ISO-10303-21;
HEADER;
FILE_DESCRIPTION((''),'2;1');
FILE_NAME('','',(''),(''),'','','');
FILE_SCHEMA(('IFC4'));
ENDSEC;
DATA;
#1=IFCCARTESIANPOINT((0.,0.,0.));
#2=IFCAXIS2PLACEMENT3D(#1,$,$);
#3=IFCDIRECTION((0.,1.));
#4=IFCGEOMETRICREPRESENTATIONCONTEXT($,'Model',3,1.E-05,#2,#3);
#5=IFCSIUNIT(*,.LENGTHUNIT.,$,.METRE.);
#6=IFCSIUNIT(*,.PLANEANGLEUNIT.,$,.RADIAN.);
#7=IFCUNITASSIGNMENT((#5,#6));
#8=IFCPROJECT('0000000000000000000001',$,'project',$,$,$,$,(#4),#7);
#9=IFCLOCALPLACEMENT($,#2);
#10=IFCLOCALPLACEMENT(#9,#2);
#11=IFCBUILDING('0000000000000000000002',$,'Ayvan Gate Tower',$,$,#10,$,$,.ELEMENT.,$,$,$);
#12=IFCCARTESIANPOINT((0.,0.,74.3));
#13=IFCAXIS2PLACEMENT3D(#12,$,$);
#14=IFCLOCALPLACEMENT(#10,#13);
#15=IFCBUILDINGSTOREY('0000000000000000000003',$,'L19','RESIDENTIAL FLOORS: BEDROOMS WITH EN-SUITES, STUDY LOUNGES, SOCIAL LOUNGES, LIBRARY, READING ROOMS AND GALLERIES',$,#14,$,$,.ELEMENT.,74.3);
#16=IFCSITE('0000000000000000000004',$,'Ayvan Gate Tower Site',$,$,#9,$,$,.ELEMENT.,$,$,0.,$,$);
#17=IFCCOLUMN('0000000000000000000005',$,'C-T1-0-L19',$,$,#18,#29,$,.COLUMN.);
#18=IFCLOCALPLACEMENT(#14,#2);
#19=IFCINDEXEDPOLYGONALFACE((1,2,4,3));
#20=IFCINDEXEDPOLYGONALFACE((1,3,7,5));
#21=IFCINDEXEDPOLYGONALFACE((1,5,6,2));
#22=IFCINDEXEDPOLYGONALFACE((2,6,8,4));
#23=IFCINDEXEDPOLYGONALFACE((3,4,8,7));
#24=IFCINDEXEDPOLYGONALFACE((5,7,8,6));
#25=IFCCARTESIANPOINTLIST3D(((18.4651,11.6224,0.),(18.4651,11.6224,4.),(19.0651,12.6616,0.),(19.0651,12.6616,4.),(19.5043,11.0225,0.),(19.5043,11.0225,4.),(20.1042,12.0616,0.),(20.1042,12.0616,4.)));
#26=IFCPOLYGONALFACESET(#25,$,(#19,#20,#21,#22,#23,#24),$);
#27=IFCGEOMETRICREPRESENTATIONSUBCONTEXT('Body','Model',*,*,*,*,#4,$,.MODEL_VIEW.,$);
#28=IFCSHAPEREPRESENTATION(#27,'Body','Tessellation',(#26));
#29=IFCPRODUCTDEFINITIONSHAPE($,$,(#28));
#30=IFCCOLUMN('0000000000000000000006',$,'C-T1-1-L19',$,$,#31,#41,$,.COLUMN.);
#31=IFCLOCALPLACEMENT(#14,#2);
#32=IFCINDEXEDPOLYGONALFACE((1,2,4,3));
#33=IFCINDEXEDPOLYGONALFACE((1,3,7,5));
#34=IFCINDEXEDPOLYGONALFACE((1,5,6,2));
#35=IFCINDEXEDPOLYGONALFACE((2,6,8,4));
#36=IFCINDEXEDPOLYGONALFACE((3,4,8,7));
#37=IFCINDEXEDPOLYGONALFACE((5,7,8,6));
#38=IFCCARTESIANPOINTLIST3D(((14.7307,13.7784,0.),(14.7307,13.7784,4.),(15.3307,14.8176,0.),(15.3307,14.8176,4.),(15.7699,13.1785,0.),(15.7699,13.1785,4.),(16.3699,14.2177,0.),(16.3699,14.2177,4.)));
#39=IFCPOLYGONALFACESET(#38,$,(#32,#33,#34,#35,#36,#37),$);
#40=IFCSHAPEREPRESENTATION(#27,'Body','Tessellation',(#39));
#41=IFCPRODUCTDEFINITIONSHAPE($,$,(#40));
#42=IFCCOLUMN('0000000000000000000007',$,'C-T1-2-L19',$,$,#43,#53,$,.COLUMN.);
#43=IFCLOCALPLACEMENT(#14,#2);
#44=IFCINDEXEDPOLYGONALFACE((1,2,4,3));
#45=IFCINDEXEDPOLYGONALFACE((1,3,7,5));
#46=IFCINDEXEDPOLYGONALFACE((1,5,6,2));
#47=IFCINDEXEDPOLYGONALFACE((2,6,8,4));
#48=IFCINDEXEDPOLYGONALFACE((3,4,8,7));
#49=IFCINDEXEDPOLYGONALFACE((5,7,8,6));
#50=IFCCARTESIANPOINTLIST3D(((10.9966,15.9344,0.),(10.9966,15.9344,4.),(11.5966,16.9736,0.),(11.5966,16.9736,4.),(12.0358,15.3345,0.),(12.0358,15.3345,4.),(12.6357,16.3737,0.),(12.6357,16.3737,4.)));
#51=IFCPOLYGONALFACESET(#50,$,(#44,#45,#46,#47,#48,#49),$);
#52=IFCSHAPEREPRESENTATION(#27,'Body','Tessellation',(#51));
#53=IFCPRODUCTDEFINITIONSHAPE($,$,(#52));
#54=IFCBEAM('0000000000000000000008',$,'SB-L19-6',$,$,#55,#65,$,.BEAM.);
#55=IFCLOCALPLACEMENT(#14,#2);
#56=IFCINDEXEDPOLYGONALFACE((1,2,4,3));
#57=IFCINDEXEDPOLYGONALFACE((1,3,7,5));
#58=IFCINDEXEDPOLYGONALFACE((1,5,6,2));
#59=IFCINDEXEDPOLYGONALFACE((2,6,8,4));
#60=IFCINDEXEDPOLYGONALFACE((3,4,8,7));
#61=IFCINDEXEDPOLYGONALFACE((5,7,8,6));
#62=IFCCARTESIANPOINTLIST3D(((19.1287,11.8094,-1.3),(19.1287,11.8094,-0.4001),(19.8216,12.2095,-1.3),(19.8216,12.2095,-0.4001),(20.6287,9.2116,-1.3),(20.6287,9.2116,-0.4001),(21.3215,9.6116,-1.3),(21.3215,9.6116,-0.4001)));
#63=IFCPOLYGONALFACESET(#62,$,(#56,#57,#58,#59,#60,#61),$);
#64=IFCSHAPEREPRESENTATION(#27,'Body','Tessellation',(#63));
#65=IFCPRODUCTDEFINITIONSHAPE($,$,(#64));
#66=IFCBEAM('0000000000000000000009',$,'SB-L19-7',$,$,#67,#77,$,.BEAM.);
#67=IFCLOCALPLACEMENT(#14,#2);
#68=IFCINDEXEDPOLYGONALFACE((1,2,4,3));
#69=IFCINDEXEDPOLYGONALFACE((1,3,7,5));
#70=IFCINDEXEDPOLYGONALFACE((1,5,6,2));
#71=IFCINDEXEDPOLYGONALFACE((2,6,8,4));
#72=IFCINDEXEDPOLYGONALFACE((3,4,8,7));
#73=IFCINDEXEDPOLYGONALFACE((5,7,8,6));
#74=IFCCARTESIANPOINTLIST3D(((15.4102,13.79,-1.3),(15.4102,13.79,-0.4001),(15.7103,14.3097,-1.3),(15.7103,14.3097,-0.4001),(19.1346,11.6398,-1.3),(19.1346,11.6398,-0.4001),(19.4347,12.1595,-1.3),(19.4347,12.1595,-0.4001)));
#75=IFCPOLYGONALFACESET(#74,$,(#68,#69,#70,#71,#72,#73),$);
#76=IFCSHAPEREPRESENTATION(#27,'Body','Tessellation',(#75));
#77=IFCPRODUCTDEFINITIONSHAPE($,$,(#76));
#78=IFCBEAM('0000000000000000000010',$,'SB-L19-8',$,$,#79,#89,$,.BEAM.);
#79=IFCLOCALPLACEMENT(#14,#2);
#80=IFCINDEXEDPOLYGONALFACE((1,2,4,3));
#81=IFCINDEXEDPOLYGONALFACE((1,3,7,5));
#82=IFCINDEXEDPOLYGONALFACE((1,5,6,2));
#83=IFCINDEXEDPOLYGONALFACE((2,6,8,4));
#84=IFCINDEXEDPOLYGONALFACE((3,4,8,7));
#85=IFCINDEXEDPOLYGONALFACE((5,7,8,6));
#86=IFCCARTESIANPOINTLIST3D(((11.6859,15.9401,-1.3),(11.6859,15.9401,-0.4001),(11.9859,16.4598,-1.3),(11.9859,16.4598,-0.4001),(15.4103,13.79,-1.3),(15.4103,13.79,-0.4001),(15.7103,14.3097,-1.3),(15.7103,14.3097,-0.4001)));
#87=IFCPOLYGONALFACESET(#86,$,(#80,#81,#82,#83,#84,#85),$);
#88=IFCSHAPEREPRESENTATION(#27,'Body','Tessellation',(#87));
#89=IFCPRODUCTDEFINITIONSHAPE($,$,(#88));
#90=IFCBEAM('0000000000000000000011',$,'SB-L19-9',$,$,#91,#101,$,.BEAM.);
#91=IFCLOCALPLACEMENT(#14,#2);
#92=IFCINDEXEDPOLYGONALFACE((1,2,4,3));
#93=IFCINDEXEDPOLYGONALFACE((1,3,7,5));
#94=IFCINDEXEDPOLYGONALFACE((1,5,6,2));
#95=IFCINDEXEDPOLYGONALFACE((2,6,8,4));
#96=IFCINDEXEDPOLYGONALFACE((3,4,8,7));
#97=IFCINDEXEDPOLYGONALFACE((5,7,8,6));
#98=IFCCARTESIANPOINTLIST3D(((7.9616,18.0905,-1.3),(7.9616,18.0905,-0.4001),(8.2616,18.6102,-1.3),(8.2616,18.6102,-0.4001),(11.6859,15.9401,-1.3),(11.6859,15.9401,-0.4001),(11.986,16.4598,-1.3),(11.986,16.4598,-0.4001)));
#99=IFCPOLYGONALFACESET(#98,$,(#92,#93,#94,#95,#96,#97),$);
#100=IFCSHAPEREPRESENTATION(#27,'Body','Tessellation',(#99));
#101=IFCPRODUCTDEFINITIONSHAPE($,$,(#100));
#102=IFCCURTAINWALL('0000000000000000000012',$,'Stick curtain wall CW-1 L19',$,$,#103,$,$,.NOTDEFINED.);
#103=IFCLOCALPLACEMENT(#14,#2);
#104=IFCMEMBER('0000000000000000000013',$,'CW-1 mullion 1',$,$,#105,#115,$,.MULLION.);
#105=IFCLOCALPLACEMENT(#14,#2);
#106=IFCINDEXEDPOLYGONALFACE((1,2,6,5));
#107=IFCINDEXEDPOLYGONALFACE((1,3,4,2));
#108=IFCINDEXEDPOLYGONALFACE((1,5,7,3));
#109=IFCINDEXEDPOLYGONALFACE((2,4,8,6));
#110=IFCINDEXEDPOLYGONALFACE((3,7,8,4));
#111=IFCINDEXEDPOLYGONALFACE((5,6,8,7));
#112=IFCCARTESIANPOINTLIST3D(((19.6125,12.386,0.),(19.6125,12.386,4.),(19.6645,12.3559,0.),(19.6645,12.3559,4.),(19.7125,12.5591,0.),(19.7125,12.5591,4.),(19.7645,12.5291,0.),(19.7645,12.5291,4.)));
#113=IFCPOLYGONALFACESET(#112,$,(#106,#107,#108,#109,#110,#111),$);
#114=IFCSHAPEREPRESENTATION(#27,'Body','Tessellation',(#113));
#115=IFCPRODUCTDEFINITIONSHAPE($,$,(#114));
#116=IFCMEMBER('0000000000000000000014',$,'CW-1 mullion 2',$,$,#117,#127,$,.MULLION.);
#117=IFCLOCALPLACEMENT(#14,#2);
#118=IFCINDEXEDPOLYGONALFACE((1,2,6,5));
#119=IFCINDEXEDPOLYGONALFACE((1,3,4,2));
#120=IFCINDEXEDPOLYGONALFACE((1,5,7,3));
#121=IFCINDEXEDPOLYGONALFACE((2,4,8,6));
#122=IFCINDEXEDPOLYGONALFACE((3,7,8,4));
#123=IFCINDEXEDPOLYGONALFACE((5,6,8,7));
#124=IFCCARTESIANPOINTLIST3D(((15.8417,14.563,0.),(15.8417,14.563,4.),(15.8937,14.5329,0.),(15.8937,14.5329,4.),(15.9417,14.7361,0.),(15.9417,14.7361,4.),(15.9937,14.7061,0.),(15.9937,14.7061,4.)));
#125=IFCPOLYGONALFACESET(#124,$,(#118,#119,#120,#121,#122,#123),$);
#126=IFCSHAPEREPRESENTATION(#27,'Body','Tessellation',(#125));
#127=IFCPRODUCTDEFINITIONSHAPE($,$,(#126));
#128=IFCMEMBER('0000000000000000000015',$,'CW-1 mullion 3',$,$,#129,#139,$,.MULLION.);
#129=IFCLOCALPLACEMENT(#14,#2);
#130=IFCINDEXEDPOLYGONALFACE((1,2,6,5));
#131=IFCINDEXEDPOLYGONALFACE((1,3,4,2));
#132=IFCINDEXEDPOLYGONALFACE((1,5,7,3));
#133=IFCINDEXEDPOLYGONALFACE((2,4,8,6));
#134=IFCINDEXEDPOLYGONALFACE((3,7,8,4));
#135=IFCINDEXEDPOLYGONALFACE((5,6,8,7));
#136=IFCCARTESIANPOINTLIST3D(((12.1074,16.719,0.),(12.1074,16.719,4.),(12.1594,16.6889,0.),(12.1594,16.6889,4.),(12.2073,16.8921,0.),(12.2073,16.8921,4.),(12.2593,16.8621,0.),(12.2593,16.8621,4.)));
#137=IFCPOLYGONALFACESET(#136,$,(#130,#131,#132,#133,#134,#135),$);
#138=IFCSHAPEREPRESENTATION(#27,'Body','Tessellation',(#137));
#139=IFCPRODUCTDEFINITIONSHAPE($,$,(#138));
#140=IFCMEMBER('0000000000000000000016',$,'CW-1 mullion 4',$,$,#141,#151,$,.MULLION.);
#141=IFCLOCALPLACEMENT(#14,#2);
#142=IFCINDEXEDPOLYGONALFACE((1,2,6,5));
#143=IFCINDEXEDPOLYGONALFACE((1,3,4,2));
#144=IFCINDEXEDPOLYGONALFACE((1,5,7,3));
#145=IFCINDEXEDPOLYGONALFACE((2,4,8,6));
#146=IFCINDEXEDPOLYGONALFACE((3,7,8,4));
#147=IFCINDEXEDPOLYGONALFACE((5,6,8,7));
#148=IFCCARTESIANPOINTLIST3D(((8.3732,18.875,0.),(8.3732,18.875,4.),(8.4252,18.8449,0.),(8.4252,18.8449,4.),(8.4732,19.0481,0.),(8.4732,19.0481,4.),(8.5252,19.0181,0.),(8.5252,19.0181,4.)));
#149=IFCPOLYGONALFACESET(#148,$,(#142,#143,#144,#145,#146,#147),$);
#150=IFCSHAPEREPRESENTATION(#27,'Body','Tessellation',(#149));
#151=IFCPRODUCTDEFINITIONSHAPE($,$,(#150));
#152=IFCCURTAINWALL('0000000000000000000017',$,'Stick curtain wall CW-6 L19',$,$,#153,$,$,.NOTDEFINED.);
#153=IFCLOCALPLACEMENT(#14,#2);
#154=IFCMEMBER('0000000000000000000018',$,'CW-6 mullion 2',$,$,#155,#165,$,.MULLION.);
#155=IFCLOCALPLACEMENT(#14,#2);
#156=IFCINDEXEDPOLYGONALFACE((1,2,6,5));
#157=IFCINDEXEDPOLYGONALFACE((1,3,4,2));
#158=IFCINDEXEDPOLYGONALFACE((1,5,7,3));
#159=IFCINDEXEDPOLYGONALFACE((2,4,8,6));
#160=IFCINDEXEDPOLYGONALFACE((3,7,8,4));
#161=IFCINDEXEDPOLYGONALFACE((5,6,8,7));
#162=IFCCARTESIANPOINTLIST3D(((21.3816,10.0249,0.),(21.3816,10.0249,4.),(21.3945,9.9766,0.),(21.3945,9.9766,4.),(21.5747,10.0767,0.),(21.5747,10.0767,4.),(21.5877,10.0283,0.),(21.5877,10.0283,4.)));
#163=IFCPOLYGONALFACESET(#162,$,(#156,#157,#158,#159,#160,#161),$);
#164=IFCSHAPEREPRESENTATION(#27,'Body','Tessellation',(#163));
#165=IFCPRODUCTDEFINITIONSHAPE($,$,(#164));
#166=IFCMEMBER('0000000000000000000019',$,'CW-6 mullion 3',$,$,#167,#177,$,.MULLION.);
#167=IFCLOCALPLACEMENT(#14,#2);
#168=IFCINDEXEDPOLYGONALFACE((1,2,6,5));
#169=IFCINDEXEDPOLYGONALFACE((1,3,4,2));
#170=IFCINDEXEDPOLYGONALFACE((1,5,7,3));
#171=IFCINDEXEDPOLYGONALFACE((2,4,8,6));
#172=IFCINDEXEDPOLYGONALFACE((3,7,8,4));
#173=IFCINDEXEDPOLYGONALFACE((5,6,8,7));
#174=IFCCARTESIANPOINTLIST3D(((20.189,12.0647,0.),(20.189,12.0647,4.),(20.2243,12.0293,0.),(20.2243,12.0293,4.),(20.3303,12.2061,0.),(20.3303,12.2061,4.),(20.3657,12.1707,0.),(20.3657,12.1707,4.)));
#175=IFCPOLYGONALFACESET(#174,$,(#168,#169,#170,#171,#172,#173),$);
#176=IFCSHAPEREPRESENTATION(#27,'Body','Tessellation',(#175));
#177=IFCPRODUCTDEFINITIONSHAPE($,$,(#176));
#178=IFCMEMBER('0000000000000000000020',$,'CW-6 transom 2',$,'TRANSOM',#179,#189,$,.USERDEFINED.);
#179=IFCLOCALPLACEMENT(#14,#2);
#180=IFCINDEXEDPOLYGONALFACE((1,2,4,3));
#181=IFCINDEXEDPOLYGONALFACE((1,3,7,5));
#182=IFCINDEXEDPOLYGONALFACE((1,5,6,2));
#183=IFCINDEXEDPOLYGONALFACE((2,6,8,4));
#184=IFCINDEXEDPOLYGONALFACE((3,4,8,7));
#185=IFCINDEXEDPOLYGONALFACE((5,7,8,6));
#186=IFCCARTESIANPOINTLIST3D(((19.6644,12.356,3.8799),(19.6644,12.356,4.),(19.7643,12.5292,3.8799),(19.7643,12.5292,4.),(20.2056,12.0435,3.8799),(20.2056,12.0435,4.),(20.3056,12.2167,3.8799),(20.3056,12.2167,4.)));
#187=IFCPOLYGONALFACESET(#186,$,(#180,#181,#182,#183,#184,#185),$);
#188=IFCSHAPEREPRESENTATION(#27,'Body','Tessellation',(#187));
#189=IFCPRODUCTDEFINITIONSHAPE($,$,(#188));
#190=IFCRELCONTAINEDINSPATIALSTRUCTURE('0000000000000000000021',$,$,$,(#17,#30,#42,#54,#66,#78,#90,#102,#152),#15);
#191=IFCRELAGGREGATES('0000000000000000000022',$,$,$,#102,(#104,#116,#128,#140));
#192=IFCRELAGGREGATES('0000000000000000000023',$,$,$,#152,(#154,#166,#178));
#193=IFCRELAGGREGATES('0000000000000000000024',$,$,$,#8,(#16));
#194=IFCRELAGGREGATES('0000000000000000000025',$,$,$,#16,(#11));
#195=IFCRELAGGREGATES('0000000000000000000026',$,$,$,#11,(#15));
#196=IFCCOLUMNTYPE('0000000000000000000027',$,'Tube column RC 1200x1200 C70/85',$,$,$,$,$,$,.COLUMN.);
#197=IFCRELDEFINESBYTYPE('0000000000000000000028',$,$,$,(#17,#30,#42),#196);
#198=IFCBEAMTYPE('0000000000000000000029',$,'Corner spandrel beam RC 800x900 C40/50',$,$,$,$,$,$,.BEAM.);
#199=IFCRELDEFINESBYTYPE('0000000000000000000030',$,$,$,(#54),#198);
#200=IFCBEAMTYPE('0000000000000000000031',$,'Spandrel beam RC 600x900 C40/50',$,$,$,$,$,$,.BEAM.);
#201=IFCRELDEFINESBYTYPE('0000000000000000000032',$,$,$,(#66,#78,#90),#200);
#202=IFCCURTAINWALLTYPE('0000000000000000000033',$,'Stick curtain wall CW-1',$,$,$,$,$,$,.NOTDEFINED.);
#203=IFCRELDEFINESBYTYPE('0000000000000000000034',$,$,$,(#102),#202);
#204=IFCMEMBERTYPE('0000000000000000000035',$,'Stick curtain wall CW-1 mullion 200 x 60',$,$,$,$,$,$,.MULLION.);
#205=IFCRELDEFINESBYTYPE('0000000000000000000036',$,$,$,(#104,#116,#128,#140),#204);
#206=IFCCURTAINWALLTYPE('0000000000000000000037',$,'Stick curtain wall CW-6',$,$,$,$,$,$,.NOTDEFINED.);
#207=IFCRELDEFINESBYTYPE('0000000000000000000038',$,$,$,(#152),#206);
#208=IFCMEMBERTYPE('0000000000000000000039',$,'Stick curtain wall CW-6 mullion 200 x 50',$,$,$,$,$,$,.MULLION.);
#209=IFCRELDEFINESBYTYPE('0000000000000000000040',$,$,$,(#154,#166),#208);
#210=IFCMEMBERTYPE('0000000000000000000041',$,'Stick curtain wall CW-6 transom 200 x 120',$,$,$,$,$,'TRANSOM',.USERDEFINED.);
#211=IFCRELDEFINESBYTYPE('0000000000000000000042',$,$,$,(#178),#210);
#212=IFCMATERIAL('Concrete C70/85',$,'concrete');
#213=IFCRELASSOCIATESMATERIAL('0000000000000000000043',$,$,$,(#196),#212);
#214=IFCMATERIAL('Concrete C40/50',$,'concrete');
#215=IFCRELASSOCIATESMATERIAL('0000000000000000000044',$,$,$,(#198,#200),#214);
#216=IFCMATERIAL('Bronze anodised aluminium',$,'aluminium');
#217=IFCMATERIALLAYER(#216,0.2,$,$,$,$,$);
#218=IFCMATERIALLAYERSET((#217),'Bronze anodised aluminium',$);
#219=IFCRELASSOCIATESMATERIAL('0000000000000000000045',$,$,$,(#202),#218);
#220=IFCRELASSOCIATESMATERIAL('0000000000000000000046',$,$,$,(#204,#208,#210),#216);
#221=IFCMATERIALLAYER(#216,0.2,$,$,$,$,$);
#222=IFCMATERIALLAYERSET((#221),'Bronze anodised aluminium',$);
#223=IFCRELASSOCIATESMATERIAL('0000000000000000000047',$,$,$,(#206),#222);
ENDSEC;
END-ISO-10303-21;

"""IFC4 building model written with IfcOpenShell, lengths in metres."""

from ifc_helpers import new_model, si_unit, direction, frame, origin, origin_2d, place, context, subcontext, project, spatial, rectangle, extrude, material, layer, layer_set, material_profile, profile_set, type_object, element, aggregate, save


model = new_model("IFC4")

# Units and contexts
model_context = context("Model", 3, precision=1e-05, world=origin(), true_north=direction((0.0, 1.0)))
body_context = subcontext(model_context, "Body", "Model", "MODEL_VIEW")
ifc_project = project(units=[si_unit("LENGTHUNIT", "METRE"), si_unit("PLANEANGLEUNIT", "RADIAN")], contexts=[model_context])

# Site, building, storey
site_placement = place(None, origin())
site = spatial("IfcSite", under=ifc_project, at=site_placement, Name="Ayvan Gate Tower Site", CompositionType="ELEMENT", RefElevation=0.0)
building_placement = place(site_placement, origin())
building = spatial("IfcBuilding", under=site, at=building_placement, Name="Ayvan Gate Tower", CompositionType="ELEMENT")
storey_placement = place(building_placement, frame((0.0, 0.0, 74.3)))
storey = spatial("IfcBuildingStorey", under=building, at=storey_placement, Name="L19", Description="RESIDENTIAL FLOORS: BEDROOMS WITH EN-SUITES, STUDY LOUNGES, SOCIAL LOUNGES, LIBRARY, READING ROOMS AND GALLERIES", CompositionType="ELEMENT", Elevation=74.3)

# Columns
ifc_material_1 = material(Name="Concrete C70/85", Category="concrete")
ifc_material_profile_1 = material_profile(ifc_material_1, rectangle(XDim=1.2, YDim=1.2, at=origin_2d()), Name="RC 1200x1200")
ifc_profile_set_1 = profile_set([ifc_material_profile_1], Name="Concrete C70/85")
column_type = type_object("IfcColumnType", Name="Tube column RC 1200x1200 C70/85", PredefinedType="COLUMN", material=ifc_profile_set_1)
for number, where, z_axis, x_axis, name in (
    (1, (19.2847, 11.842, 0.0), (0.0, 0.0, 1.0), (0.5, 0.866025, 0.0), "C-T1-0-L19"),
    (2, (15.5503, 13.998, 0.0), (0.0, 0.0, 1.0), (0.5, 0.866025, 0.0), "C-T1-1-L19"),
    (3, (11.8162, 16.1541, 0.0), (0.0, 0.0, 1.0), (0.5, 0.866025, 0.0), "C-T1-2-L19"),
):
    element("IfcColumn", number, at=place(storey_placement, frame(where, z_axis=z_axis, x_axis=x_axis)), inside=storey, type_object=column_type, Name=name, PredefinedType="COLUMN", context=body_context, shape_type="SweptSolid", body=[
        extrude(rectangle(XDim=1.2, YDim=1.2, at=origin_2d()), origin(), (0.0, 0.0, 1.0), 4.0),
    ])

# Beams
ifc_material_2 = material(Name="Concrete C40/50", Category="concrete")
ifc_material_profile_2 = material_profile(ifc_material_2, rectangle(XDim=0.8, YDim=0.8999, at=origin_2d()), Name="RC 800x900")
ifc_profile_set_2 = profile_set([ifc_material_profile_2], Name="Concrete C40/50")
beam_type_1 = type_object("IfcBeamType", Name="Corner spandrel beam RC 800x900 C40/50", PredefinedType="BEAM", material=ifc_profile_set_2)
beam_placement = place(storey_placement, frame((20.9751, 9.4116, -0.8501), z_axis=(-0.500025, 0.866011, 0.0), x_axis=(-0.866011, -0.500025, 0.0)))
element("IfcBeam", 4, at=beam_placement, inside=storey, type_object=beam_type_1, Name="SB-L19-6", PredefinedType="BEAM", context=body_context, shape_type="SweptSolid", body=[
    extrude(rectangle(XDim=0.8, YDim=0.8999, at=origin_2d()), origin(), (0.0, 0.0, 1.0), 2.9998),
])
ifc_material_profile_3 = material_profile(ifc_material_2, rectangle(XDim=0.6001, YDim=0.8999, at=origin_2d()), Name="RC 600x900")
ifc_profile_set_3 = profile_set([ifc_material_profile_3], Name="Concrete C40/50")
beam_type_2 = type_object("IfcBeamType", Name="Spandrel beam RC 600x900 C40/50", PredefinedType="BEAM", material=ifc_profile_set_3)
for number, where, z_axis, x_axis, name in (
    (5, (19.2847, 11.8997, -0.8501), (-0.866037, 0.49998, 0.0), (-0.49998, -0.866037, 0.0), "SB-L19-7"),
    (6, (15.5603, 14.0498, -0.8501), (-0.866037, 0.49998, 0.0), (-0.49998, -0.866037, 0.0), "SB-L19-8"),
    (7, (11.8359, 16.2, -0.8501), (-0.866013, 0.500022, 0.0), (-0.500022, -0.866013, 0.0), "SB-L19-9"),
):
    element("IfcBeam", number, at=place(storey_placement, frame(where, z_axis=z_axis, x_axis=x_axis)), inside=storey, type_object=beam_type_2, Name=name, PredefinedType="BEAM", context=body_context, shape_type="SweptSolid", body=[
        extrude(rectangle(XDim=0.6001, YDim=0.8999, at=origin_2d()), origin(), (0.0, 0.0, 1.0), 4.3005),
    ])

# Curtain walls, members
ifc_material_3 = material(Name="Bronze anodised aluminium", Category="aluminium")
ifc_layer_1 = layer(ifc_material_3, 0.2)
ifc_layer_set_1 = layer_set([ifc_layer_1], Name="Bronze anodised aluminium")
curtain_wall_type_1 = type_object("IfcCurtainWallType", Name="Stick curtain wall CW-1", PredefinedType="NOTDEFINED", material=ifc_layer_set_1)
curtain_wall_1_placement = place(storey_placement, origin())
curtain_wall_1 = element("IfcCurtainWall", 8, at=curtain_wall_1_placement, inside=storey, type_object=curtain_wall_type_1, Name="Stick curtain wall CW-1 L19", PredefinedType="NOTDEFINED")
ifc_material_profile_4 = material_profile(ifc_material_3, rectangle(XDim=0.2, YDim=0.0601, at=origin_2d()), Name="Stick curtain wall CW-1 mullion 200 x 60")
ifc_profile_set_4 = profile_set([ifc_material_profile_4], Name="Bronze anodised aluminium")
member_type_1 = type_object("IfcMemberType", Name="Stick curtain wall CW-1 mullion 200 x 60", PredefinedType="MULLION", material=ifc_profile_set_4)
member_1_placement = place(storey_placement, frame((19.6885, 12.4575, 0.0), z_axis=(0.0, 0.0, 1.0), x_axis=(0.5, 0.866025, 0.0)))
member_1 = element("IfcMember", 9, at=member_1_placement, type_object=member_type_1, Name="CW-1 mullion 1", PredefinedType="MULLION", context=body_context, shape_type="SweptSolid", body=[
    extrude(rectangle(XDim=0.2, YDim=0.0601, at=origin_2d()), origin(), (0.0, 0.0, 1.0), 4.0),
])
member_2_placement = place(storey_placement, frame((15.9177, 14.6345, 0.0), z_axis=(0.0, 0.0, 1.0), x_axis=(0.5, 0.866025, 0.0)))
member_2 = element("IfcMember", 10, at=member_2_placement, type_object=member_type_1, Name="CW-1 mullion 2", PredefinedType="MULLION", context=body_context, shape_type="SweptSolid", body=[
    extrude(rectangle(XDim=0.2, YDim=0.0601, at=origin_2d()), origin(), (0.0, 0.0, 1.0), 4.0),
])
member_3_placement = place(storey_placement, frame((12.1833, 16.7905, 0.0), z_axis=(0.0, 0.0, 1.0), x_axis=(0.5, 0.866025, 0.0)))
member_3 = element("IfcMember", 11, at=member_3_placement, type_object=member_type_1, Name="CW-1 mullion 3", PredefinedType="MULLION", context=body_context, shape_type="SweptSolid", body=[
    extrude(rectangle(XDim=0.2, YDim=0.0601, at=origin_2d()), origin(), (0.0, 0.0, 1.0), 4.0),
])
member_4_placement = place(storey_placement, frame((8.4492, 18.9465, 0.0), z_axis=(0.0, 0.0, 1.0), x_axis=(0.5, 0.866025, 0.0)))
member_4 = element("IfcMember", 12, at=member_4_placement, type_object=member_type_1, Name="CW-1 mullion 4", PredefinedType="MULLION", context=body_context, shape_type="SweptSolid", body=[
    extrude(rectangle(XDim=0.2, YDim=0.0601, at=origin_2d()), origin(), (0.0, 0.0, 1.0), 4.0),
])
ifc_layer_2 = layer(ifc_material_3, 0.2)
ifc_layer_set_2 = layer_set([ifc_layer_2], Name="Bronze anodised aluminium")
curtain_wall_type_2 = type_object("IfcCurtainWallType", Name="Stick curtain wall CW-6", PredefinedType="NOTDEFINED", material=ifc_layer_set_2)
curtain_wall_2_placement = place(storey_placement, origin())
curtain_wall_2 = element("IfcCurtainWall", 13, at=curtain_wall_2_placement, inside=storey, type_object=curtain_wall_type_2, Name="Stick curtain wall CW-6 L19", PredefinedType="NOTDEFINED")
ifc_material_profile_5 = material_profile(ifc_material_3, rectangle(XDim=0.2, YDim=0.05, at=origin_2d()), Name="Stick curtain wall CW-6 mullion 200 x 50")
ifc_profile_set_5 = profile_set([ifc_material_profile_5], Name="Bronze anodised aluminium")
member_type_2 = type_object("IfcMemberType", Name="Stick curtain wall CW-6 mullion 200 x 50", PredefinedType="MULLION", material=ifc_profile_set_5)
member_5_placement = place(storey_placement, frame((21.4846, 10.0266, 0.0), z_axis=(0.0, 0.0, 1.0), x_axis=(0.965926, 0.258819, 0.0)))
member_5 = element("IfcMember", 14, at=member_5_placement, type_object=member_type_2, Name="CW-6 mullion 2", PredefinedType="MULLION", context=body_context, shape_type="SweptSolid", body=[
    extrude(rectangle(XDim=0.2, YDim=0.05, at=origin_2d()), origin(), (0.0, 0.0, 1.0), 4.0),
])
member_6_placement = place(storey_placement, frame((20.2773, 12.1177, 0.0), z_axis=(0.0, 0.0, 1.0), x_axis=(0.707107, 0.707107, 0.0)))
member_6 = element("IfcMember", 15, at=member_6_placement, type_object=member_type_2, Name="CW-6 mullion 3", PredefinedType="MULLION", context=body_context, shape_type="SweptSolid", body=[
    extrude(rectangle(XDim=0.2, YDim=0.05, at=origin_2d()), origin(), (0.0, 0.0, 1.0), 4.0),
])
ifc_material_profile_6 = material_profile(ifc_material_3, rectangle(XDim=0.2, YDim=0.1201, at=origin_2d()), Name="Stick curtain wall CW-6 transom 200 x 120")
ifc_profile_set_6 = profile_set([ifc_material_profile_6], Name="Bronze anodised aluminium")
member_type_3 = type_object("IfcMemberType", Name="Stick curtain wall CW-6 transom 200 x 120", ElementType="TRANSOM", PredefinedType="USERDEFINED", material=ifc_profile_set_6)
member_7_placement = place(storey_placement, frame((20.2556, 12.1301, 3.9399), z_axis=(-0.866023, 0.500004, 0.0), x_axis=(-0.500004, -0.866023, 0.0)))
member_7 = element("IfcMember", 16, at=member_7_placement, type_object=member_type_3, Name="CW-6 transom 2", ObjectType="TRANSOM", PredefinedType="USERDEFINED", context=body_context, shape_type="SweptSolid", body=[
    extrude(rectangle(XDim=0.2, YDim=0.1201, at=origin_2d()), origin(), (0.0, 0.0, 1.0), 0.625),
])

aggregate(curtain_wall_1, [member_1, member_2, member_3, member_4])
aggregate(curtain_wall_2, [member_5, member_6, member_7])

save(model, "model.ifc")
